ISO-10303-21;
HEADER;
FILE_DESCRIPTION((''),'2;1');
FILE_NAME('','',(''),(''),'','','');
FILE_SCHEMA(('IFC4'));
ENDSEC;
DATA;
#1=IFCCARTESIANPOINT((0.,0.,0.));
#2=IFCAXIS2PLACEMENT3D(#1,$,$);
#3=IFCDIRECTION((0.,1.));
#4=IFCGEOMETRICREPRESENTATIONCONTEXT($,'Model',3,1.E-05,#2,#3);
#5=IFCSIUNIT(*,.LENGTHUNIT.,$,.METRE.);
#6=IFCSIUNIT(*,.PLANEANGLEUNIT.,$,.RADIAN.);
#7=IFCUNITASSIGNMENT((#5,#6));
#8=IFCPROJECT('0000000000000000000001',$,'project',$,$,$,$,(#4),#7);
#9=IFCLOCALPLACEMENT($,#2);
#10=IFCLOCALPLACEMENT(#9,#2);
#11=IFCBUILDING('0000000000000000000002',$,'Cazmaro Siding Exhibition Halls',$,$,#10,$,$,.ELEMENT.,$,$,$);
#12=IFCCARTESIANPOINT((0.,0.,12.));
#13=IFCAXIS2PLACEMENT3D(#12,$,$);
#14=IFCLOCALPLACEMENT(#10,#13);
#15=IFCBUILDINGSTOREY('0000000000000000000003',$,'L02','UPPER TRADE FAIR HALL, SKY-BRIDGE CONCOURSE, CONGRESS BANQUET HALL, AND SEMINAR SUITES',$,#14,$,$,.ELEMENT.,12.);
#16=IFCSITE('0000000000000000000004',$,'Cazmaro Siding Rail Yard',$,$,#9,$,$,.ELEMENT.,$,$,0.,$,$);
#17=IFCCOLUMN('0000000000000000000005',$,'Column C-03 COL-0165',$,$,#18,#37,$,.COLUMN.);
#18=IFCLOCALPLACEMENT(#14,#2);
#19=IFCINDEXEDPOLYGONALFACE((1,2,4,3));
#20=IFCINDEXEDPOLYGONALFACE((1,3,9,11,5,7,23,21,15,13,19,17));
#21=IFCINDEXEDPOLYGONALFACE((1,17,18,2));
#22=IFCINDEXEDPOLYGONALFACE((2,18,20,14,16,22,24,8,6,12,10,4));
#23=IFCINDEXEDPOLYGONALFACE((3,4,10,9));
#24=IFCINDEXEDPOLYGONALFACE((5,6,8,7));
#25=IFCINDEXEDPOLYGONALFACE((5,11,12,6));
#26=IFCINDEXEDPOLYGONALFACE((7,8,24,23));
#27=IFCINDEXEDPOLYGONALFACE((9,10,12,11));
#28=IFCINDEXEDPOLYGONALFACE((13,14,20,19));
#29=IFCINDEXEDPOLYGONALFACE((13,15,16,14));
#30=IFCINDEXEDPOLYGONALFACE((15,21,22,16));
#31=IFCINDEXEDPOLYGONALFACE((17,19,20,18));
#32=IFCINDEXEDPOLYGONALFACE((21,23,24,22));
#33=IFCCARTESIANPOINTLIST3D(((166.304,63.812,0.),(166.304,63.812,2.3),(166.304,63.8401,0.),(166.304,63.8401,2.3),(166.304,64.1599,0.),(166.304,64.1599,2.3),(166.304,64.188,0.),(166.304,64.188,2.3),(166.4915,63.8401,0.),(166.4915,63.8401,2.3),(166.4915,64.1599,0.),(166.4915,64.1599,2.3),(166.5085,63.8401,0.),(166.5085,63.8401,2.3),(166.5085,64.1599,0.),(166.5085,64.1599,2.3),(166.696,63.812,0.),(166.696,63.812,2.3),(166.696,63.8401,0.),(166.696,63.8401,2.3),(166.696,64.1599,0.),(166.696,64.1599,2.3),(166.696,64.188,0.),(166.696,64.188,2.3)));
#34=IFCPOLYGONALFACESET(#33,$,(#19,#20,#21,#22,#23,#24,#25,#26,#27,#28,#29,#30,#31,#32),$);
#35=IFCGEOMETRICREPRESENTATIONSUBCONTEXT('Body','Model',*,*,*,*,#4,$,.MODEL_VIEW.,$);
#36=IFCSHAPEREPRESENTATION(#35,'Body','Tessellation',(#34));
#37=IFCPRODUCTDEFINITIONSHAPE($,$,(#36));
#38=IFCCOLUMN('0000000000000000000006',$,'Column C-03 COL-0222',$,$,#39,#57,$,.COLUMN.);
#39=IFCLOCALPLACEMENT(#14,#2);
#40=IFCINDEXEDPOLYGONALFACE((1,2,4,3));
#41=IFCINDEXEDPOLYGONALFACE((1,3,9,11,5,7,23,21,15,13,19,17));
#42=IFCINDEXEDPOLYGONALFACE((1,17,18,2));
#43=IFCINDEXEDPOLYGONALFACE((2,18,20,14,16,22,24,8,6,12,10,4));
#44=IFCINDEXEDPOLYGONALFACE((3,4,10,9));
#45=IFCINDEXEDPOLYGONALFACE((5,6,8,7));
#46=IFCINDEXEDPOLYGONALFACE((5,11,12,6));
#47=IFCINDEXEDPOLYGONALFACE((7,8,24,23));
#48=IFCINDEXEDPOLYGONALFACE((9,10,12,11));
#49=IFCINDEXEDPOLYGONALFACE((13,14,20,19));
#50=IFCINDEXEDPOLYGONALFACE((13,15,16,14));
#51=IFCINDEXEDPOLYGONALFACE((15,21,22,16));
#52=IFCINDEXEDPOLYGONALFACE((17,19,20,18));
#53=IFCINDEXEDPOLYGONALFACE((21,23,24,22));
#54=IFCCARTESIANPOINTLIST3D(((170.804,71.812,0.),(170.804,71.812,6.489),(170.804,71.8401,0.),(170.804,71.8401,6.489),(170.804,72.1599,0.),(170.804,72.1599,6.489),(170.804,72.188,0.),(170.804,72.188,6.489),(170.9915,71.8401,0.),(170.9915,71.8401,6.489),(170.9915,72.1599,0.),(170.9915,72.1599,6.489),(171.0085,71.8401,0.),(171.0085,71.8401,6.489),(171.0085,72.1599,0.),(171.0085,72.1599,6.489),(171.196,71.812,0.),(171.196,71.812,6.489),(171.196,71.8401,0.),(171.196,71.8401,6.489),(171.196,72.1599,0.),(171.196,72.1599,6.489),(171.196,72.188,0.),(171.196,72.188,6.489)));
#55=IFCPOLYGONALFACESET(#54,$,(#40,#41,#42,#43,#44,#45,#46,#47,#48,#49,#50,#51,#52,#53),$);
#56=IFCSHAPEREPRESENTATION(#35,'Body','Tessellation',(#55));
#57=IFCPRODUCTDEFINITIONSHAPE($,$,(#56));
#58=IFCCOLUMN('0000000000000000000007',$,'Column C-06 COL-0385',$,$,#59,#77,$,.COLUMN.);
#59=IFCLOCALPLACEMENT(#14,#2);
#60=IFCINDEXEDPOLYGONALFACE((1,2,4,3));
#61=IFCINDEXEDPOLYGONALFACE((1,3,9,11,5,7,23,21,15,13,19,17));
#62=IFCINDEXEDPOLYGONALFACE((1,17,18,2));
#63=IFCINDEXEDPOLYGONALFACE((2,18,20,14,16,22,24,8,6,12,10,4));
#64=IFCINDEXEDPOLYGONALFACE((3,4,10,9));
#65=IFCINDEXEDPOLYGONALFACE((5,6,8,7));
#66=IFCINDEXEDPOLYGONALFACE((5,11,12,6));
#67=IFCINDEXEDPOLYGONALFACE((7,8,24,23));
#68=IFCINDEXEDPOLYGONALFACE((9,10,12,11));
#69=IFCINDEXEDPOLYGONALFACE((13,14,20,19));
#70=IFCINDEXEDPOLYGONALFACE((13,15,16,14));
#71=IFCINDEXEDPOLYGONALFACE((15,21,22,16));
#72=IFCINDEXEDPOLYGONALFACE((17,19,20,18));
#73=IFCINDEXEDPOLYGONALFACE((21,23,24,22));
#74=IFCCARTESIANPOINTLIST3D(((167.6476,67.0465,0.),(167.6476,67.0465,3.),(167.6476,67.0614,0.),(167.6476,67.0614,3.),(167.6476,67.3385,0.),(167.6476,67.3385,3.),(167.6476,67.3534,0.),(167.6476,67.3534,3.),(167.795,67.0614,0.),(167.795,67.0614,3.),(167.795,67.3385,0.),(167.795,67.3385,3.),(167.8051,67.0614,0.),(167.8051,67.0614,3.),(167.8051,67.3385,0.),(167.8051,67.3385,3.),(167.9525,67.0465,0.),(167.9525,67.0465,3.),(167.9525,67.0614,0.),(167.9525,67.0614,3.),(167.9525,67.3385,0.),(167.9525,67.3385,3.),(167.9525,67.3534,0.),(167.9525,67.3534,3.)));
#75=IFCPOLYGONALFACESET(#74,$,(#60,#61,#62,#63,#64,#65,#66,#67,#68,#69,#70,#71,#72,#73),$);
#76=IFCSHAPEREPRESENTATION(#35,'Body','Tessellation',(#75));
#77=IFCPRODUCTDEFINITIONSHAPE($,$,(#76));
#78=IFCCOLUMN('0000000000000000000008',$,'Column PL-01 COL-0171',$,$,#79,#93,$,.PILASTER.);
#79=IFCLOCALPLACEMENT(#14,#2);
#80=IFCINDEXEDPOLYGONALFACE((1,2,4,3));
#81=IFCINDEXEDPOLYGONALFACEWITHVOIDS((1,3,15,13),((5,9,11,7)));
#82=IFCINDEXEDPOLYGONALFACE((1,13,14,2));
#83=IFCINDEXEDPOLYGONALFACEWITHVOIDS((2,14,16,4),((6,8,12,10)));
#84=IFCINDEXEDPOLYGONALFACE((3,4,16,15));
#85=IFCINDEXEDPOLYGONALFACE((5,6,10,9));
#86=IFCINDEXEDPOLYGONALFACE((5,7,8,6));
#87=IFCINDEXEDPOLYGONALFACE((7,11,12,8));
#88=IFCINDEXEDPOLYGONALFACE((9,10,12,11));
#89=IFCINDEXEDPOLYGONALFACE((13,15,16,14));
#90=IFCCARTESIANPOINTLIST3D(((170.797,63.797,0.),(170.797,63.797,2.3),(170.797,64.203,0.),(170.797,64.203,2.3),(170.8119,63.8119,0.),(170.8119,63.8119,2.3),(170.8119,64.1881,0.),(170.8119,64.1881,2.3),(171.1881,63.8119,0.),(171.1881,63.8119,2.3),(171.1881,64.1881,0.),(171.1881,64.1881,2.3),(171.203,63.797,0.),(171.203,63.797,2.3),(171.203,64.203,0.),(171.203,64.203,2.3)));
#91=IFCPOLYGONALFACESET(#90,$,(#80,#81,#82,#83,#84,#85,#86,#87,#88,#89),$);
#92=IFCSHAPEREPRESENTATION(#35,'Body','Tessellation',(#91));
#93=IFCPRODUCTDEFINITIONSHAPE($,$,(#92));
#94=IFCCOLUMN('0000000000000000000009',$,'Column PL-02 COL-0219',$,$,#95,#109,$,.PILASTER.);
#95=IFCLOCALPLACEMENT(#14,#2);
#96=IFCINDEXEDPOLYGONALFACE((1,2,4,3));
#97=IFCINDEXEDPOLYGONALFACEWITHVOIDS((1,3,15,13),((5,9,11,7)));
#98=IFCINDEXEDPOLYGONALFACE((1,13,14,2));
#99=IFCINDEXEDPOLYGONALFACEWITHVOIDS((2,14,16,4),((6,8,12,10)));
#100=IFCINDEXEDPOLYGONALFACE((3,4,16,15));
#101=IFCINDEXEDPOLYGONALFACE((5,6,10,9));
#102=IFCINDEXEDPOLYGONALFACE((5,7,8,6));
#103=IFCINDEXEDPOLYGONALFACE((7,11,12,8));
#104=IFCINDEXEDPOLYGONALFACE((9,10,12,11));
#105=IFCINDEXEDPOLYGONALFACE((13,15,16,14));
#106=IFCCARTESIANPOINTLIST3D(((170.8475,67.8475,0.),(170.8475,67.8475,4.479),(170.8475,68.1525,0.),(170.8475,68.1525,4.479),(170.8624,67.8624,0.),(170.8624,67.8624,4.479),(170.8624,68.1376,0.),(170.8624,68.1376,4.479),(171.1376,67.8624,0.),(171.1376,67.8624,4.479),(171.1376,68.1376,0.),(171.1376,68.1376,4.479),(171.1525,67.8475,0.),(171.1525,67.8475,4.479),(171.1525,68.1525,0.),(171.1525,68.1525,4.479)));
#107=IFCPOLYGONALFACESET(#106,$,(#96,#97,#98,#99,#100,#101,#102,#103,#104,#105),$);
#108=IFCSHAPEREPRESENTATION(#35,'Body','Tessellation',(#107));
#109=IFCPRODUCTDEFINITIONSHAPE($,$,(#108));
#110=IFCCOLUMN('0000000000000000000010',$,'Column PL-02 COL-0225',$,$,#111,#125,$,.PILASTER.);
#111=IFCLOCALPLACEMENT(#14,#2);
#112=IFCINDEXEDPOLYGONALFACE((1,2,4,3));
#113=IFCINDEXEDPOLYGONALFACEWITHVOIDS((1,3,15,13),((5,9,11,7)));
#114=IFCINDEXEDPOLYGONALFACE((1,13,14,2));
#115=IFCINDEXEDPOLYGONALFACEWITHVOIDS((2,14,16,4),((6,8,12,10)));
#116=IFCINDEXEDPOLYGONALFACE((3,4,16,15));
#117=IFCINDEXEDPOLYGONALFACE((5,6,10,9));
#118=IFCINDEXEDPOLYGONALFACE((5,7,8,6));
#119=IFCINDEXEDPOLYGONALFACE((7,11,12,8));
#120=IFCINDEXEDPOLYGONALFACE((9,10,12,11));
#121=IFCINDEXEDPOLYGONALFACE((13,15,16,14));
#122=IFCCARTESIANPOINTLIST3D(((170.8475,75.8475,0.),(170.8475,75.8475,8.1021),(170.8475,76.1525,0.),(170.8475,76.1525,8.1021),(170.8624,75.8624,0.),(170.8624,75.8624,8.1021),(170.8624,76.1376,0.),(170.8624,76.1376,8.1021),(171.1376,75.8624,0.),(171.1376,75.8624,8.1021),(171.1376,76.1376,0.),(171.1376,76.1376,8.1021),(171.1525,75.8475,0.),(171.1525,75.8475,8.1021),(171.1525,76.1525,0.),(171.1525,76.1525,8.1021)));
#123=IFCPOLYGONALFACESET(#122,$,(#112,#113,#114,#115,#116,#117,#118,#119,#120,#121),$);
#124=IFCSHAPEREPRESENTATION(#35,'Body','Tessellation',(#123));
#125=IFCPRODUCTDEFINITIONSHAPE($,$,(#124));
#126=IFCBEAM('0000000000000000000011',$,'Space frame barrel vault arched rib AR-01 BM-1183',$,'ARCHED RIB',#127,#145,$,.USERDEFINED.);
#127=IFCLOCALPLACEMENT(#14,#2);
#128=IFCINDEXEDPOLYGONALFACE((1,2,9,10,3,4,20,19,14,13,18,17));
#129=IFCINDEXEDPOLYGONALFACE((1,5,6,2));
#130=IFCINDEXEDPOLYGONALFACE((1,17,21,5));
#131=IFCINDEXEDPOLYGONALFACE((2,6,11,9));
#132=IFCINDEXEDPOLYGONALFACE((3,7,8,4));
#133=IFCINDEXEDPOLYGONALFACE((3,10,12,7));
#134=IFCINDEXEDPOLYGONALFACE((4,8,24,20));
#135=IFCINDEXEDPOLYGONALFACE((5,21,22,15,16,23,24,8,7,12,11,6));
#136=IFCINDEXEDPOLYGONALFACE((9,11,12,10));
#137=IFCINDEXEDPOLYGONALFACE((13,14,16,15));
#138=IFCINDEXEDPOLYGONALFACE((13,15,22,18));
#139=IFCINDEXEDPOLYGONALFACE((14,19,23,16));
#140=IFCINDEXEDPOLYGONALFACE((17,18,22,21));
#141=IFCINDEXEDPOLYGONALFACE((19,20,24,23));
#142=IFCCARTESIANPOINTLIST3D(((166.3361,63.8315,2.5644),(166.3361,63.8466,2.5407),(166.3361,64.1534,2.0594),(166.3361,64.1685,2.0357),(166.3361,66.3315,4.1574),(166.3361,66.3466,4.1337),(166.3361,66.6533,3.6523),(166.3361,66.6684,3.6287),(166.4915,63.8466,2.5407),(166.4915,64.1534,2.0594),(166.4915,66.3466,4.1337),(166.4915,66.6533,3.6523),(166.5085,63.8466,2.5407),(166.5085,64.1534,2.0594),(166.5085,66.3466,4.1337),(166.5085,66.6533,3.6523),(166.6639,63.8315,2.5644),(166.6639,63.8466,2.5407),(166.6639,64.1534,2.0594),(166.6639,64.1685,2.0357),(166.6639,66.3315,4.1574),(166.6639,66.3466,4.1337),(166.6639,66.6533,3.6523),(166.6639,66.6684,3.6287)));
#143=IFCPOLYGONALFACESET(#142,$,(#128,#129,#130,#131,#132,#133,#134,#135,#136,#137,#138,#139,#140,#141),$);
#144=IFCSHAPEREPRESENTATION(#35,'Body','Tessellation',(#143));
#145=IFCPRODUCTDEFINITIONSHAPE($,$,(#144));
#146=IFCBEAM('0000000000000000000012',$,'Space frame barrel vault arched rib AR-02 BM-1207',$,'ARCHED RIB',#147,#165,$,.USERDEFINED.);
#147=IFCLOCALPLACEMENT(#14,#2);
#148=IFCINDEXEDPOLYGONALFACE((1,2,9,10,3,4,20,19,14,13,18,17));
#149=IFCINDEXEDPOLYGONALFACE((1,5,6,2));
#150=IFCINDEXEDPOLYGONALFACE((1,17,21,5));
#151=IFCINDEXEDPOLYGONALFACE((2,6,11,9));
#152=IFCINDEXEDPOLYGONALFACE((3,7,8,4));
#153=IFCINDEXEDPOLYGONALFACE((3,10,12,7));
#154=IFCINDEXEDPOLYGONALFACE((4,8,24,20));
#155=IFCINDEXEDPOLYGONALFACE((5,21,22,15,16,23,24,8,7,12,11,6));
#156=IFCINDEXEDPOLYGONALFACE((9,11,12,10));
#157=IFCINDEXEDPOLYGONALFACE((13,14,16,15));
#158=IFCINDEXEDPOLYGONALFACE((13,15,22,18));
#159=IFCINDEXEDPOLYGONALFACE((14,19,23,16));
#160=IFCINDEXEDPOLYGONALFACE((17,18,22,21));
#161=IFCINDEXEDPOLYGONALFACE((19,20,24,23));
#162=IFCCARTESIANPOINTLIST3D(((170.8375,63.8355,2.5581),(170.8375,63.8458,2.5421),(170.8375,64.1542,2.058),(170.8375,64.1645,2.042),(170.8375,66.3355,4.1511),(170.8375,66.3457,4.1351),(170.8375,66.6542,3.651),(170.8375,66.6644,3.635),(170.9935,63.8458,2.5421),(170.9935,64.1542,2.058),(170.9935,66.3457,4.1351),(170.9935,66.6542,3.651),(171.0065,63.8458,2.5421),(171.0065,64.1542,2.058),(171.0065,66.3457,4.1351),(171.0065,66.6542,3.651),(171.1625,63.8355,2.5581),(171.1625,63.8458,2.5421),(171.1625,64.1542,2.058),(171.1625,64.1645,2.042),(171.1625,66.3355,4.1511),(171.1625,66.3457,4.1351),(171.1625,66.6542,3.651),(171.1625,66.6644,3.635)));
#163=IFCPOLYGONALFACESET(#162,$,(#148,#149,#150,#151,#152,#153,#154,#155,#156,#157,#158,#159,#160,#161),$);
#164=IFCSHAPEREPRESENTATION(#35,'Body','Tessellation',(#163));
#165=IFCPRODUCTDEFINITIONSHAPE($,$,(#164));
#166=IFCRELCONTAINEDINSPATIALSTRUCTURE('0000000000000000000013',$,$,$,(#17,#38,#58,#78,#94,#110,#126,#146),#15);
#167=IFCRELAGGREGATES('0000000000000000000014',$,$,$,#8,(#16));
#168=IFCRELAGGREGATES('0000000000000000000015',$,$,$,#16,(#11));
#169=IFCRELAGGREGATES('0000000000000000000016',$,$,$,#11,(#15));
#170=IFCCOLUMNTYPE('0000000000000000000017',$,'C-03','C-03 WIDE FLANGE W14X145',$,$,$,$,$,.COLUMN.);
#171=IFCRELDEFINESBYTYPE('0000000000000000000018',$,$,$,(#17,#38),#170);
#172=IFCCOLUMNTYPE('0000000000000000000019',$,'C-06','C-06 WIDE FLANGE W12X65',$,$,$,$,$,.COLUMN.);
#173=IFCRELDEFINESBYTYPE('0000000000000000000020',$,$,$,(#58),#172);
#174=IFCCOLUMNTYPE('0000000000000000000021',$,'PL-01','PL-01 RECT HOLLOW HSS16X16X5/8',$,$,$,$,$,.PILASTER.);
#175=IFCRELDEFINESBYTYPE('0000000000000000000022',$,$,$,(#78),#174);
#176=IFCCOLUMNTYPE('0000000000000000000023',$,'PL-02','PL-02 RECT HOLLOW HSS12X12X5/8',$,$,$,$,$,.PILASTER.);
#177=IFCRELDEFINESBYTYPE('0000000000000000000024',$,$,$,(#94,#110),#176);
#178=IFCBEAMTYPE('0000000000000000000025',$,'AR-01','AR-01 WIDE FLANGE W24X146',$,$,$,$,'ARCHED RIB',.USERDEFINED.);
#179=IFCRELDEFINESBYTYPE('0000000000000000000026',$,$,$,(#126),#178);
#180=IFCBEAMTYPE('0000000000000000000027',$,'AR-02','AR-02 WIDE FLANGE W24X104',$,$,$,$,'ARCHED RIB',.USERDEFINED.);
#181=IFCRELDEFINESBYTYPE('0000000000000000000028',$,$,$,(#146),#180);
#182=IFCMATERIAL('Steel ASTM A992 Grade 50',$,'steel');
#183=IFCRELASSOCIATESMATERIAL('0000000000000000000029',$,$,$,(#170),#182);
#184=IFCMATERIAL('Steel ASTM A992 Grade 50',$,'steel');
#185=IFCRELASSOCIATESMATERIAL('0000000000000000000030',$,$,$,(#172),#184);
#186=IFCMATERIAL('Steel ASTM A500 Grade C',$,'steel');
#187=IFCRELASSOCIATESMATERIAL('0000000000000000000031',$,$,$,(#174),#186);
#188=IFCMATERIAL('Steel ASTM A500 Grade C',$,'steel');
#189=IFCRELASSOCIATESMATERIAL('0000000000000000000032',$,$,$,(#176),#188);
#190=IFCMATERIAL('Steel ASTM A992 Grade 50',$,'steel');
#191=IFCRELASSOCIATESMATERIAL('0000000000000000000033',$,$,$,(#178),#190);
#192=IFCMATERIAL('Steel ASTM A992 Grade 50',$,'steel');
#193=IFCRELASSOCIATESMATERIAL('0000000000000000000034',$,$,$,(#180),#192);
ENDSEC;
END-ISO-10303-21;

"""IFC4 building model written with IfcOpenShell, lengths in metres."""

from ifc_helpers import new_model, si_unit, direction, frame, origin, origin_2d, place, context, subcontext, project, spatial, hollow_rectangle, i_section, extrude, material, material_profile, profile_set, type_object, element, save


model = new_model("IFC4")

# Units and contexts
model_context = context("Model", 3, precision=1e-05, world=origin(), true_north=direction((0.0, 1.0)))
body_context = subcontext(model_context, "Body", "Model", "MODEL_VIEW")
ifc_project = project(units=[si_unit("LENGTHUNIT", "METRE"), si_unit("PLANEANGLEUNIT", "RADIAN")], contexts=[model_context])

# Site, building, storey
site_placement = place(None, origin())
site = spatial("IfcSite", under=ifc_project, at=site_placement, Name="Cazmaro Siding Rail Yard", CompositionType="ELEMENT", RefElevation=0.0)
building_placement = place(site_placement, origin())
building = spatial("IfcBuilding", under=site, at=building_placement, Name="Cazmaro Siding Exhibition Halls", CompositionType="ELEMENT")
storey_placement = place(building_placement, frame((0.0, 0.0, 12.0)))
storey = spatial("IfcBuildingStorey", under=building, at=storey_placement, Name="L02", Description="UPPER TRADE FAIR HALL, SKY-BRIDGE CONCOURSE, CONGRESS BANQUET HALL, AND SEMINAR SUITES", CompositionType="ELEMENT", Elevation=12.0)

# Columns
ifc_material_1 = material(Name="Steel ASTM A992 Grade 50", Category="steel")
ifc_material_profile_1 = material_profile(ifc_material_1, i_section(OverallWidth=0.3921, OverallDepth=0.376, WebThickness=0.0171, FlangeThickness=0.0281, at=origin_2d()), Name="W14X145")
ifc_profile_set_1 = profile_set([ifc_material_profile_1], Name="Steel ASTM A992 Grade 50")
column_type_1 = type_object("IfcColumnType", Name="C-03", Description="C-03 WIDE FLANGE W14X145", PredefinedType="COLUMN", material=ifc_profile_set_1)
column_1_placement = place(storey_placement, frame((166.5, 64.0, 0.0), z_axis=(0.0, 0.0, 1.0), x_axis=(1.0, 0.0, 0.0)))
element("IfcColumn", 1, at=column_1_placement, inside=storey, type_object=column_type_1, Name="Column C-03 COL-0165", PredefinedType="COLUMN", context=body_context, shape_type="SweptSolid", body=[
    extrude(i_section(OverallWidth=0.3921, OverallDepth=0.376, WebThickness=0.0171, FlangeThickness=0.0281, at=origin_2d()), origin(), (0.0, 0.0, 1.0), 2.3),
])
column_2_placement = place(storey_placement, frame((171.0, 72.0, 0.0), z_axis=(0.0, 0.0, 1.0), x_axis=(1.0, 0.0, 0.0)))
element("IfcColumn", 2, at=column_2_placement, inside=storey, type_object=column_type_1, Name="Column C-03 COL-0222", PredefinedType="COLUMN", context=body_context, shape_type="SweptSolid", body=[
    extrude(i_section(OverallWidth=0.3921, OverallDepth=0.376, WebThickness=0.0171, FlangeThickness=0.0281, at=origin_2d()), origin(), (0.0, 0.0, 1.0), 6.489),
])
ifc_material_2 = material(Name="Steel ASTM A992 Grade 50", Category="steel")
ifc_material_profile_2 = material_profile(ifc_material_2, i_section(OverallWidth=0.3049, OverallDepth=0.3069, WebThickness=0.01, FlangeThickness=0.0149, at=origin_2d()), Name="W12X65")
ifc_profile_set_2 = profile_set([ifc_material_profile_2], Name="Steel ASTM A992 Grade 50")
column_type_2 = type_object("IfcColumnType", Name="C-06", Description="C-06 WIDE FLANGE W12X65", PredefinedType="COLUMN", material=ifc_profile_set_2)
column_3_placement = place(storey_placement, frame((167.8, 67.2, 0.0), z_axis=(0.0, 0.0, 1.0), x_axis=(1.0, 0.0, 0.0)))
element("IfcColumn", 3, at=column_3_placement, inside=storey, type_object=column_type_2, Name="Column C-06 COL-0385", PredefinedType="COLUMN", context=body_context, shape_type="SweptSolid", body=[
    extrude(i_section(OverallWidth=0.3049, OverallDepth=0.3069, WebThickness=0.01, FlangeThickness=0.0149, at=origin_2d()), origin(), (0.0, 0.0, 1.0), 3.0),
])
ifc_material_3 = material(Name="Steel ASTM A500 Grade C", Category="steel")
ifc_material_profile_3 = material_profile(ifc_material_3, hollow_rectangle(XDim=0.406, YDim=0.406, WallThickness=0.0149, at=origin_2d()), Name="HSS16X16X5/8")
ifc_profile_set_3 = profile_set([ifc_material_profile_3], Name="Steel ASTM A500 Grade C")
column_type_3 = type_object("IfcColumnType", Name="PL-01", Description="PL-01 RECT HOLLOW HSS16X16X5/8", PredefinedType="PILASTER", material=ifc_profile_set_3)
column_4_placement = place(storey_placement, frame((171.0, 64.0, 0.0), z_axis=(0.0, 0.0, 1.0), x_axis=(1.0, 0.0, 0.0)))
element("IfcColumn", 4, at=column_4_placement, inside=storey, type_object=column_type_3, Name="Column PL-01 COL-0171", PredefinedType="PILASTER", context=body_context, shape_type="SweptSolid", body=[
    extrude(hollow_rectangle(XDim=0.406, YDim=0.406, WallThickness=0.0149, at=origin_2d()), origin(), (0.0, 0.0, 1.0), 2.3),
])
ifc_material_4 = material(Name="Steel ASTM A500 Grade C", Category="steel")
ifc_material_profile_4 = material_profile(ifc_material_4, hollow_rectangle(XDim=0.3049, YDim=0.3049, WallThickness=0.0149, at=origin_2d()), Name="HSS12X12X5/8")
ifc_profile_set_4 = profile_set([ifc_material_profile_4], Name="Steel ASTM A500 Grade C")
column_type_4 = type_object("IfcColumnType", Name="PL-02", Description="PL-02 RECT HOLLOW HSS12X12X5/8", PredefinedType="PILASTER", material=ifc_profile_set_4)
column_5_placement = place(storey_placement, frame((171.0, 68.0, 0.0), z_axis=(0.0, 0.0, 1.0), x_axis=(1.0, 0.0, 0.0)))
element("IfcColumn", 5, at=column_5_placement, inside=storey, type_object=column_type_4, Name="Column PL-02 COL-0219", PredefinedType="PILASTER", context=body_context, shape_type="SweptSolid", body=[
    extrude(hollow_rectangle(XDim=0.3049, YDim=0.3049, WallThickness=0.0149, at=origin_2d()), origin(), (0.0, 0.0, 1.0), 4.479),
])
column_6_placement = place(storey_placement, frame((171.0, 76.0, 0.0), z_axis=(0.0, 0.0, 1.0), x_axis=(1.0, 0.0, 0.0)))
element("IfcColumn", 6, at=column_6_placement, inside=storey, type_object=column_type_4, Name="Column PL-02 COL-0225", PredefinedType="PILASTER", context=body_context, shape_type="SweptSolid", body=[
    extrude(hollow_rectangle(XDim=0.3049, YDim=0.3049, WallThickness=0.0149, at=origin_2d()), origin(), (0.0, 0.0, 1.0), 8.1021),
])

# Beams
ifc_material_5 = material(Name="Steel ASTM A992 Grade 50", Category="steel")
ifc_material_profile_5 = material_profile(ifc_material_5, i_section(OverallWidth=0.3279, OverallDepth=0.627, WebThickness=0.0171, FlangeThickness=0.0281, at=origin_2d()), Name="W24X146")
ifc_profile_set_5 = profile_set([ifc_material_profile_5], Name="Steel ASTM A992 Grade 50")
beam_type_1 = type_object("IfcBeamType", Name="AR-01", Description="AR-01 WIDE FLANGE W24X146", ElementType="ARCHED RIB", PredefinedType="USERDEFINED", material=ifc_profile_set_5)
beam_1_placement = place(storey_placement, frame((166.5, 64.0, 2.3), z_axis=(0.0, 0.843339, 0.537382), x_axis=(-1.0, 0.0, 0.0)))
element("IfcBeam", 7, at=beam_1_placement, inside=storey, type_object=beam_type_1, Name="Space frame barrel vault arched rib AR-01 BM-1183", ObjectType="ARCHED RIB", PredefinedType="USERDEFINED", context=body_context, shape_type="SweptSolid", body=[
    extrude(i_section(OverallWidth=0.3279, OverallDepth=0.627, WebThickness=0.0171, FlangeThickness=0.0281, at=origin_2d()), origin(), (0.0, 0.0, 1.0), 2.9644),
])
ifc_material_6 = material(Name="Steel ASTM A992 Grade 50", Category="steel")
ifc_material_profile_6 = material_profile(ifc_material_6, i_section(OverallWidth=0.325, OverallDepth=0.6121, WebThickness=0.0129, FlangeThickness=0.019, at=origin_2d()), Name="W24X104")
ifc_profile_set_6 = profile_set([ifc_material_profile_6], Name="Steel ASTM A992 Grade 50")
beam_type_2 = type_object("IfcBeamType", Name="AR-02", Description="AR-02 WIDE FLANGE W24X104", ElementType="ARCHED RIB", PredefinedType="USERDEFINED", material=ifc_profile_set_6)
beam_2_placement = place(storey_placement, frame((171.0, 64.0, 2.3), z_axis=(0.0, 0.843339, 0.537382), x_axis=(-1.0, 0.0, 0.0)))
element("IfcBeam", 8, at=beam_2_placement, inside=storey, type_object=beam_type_2, Name="Space frame barrel vault arched rib AR-02 BM-1207", ObjectType="ARCHED RIB", PredefinedType="USERDEFINED", context=body_context, shape_type="SweptSolid", body=[
    extrude(i_section(OverallWidth=0.325, OverallDepth=0.6121, WebThickness=0.0129, FlangeThickness=0.019, at=origin_2d()), origin(), (0.0, 0.0, 1.0), 2.9644),
])

save(model, "model.ifc")
